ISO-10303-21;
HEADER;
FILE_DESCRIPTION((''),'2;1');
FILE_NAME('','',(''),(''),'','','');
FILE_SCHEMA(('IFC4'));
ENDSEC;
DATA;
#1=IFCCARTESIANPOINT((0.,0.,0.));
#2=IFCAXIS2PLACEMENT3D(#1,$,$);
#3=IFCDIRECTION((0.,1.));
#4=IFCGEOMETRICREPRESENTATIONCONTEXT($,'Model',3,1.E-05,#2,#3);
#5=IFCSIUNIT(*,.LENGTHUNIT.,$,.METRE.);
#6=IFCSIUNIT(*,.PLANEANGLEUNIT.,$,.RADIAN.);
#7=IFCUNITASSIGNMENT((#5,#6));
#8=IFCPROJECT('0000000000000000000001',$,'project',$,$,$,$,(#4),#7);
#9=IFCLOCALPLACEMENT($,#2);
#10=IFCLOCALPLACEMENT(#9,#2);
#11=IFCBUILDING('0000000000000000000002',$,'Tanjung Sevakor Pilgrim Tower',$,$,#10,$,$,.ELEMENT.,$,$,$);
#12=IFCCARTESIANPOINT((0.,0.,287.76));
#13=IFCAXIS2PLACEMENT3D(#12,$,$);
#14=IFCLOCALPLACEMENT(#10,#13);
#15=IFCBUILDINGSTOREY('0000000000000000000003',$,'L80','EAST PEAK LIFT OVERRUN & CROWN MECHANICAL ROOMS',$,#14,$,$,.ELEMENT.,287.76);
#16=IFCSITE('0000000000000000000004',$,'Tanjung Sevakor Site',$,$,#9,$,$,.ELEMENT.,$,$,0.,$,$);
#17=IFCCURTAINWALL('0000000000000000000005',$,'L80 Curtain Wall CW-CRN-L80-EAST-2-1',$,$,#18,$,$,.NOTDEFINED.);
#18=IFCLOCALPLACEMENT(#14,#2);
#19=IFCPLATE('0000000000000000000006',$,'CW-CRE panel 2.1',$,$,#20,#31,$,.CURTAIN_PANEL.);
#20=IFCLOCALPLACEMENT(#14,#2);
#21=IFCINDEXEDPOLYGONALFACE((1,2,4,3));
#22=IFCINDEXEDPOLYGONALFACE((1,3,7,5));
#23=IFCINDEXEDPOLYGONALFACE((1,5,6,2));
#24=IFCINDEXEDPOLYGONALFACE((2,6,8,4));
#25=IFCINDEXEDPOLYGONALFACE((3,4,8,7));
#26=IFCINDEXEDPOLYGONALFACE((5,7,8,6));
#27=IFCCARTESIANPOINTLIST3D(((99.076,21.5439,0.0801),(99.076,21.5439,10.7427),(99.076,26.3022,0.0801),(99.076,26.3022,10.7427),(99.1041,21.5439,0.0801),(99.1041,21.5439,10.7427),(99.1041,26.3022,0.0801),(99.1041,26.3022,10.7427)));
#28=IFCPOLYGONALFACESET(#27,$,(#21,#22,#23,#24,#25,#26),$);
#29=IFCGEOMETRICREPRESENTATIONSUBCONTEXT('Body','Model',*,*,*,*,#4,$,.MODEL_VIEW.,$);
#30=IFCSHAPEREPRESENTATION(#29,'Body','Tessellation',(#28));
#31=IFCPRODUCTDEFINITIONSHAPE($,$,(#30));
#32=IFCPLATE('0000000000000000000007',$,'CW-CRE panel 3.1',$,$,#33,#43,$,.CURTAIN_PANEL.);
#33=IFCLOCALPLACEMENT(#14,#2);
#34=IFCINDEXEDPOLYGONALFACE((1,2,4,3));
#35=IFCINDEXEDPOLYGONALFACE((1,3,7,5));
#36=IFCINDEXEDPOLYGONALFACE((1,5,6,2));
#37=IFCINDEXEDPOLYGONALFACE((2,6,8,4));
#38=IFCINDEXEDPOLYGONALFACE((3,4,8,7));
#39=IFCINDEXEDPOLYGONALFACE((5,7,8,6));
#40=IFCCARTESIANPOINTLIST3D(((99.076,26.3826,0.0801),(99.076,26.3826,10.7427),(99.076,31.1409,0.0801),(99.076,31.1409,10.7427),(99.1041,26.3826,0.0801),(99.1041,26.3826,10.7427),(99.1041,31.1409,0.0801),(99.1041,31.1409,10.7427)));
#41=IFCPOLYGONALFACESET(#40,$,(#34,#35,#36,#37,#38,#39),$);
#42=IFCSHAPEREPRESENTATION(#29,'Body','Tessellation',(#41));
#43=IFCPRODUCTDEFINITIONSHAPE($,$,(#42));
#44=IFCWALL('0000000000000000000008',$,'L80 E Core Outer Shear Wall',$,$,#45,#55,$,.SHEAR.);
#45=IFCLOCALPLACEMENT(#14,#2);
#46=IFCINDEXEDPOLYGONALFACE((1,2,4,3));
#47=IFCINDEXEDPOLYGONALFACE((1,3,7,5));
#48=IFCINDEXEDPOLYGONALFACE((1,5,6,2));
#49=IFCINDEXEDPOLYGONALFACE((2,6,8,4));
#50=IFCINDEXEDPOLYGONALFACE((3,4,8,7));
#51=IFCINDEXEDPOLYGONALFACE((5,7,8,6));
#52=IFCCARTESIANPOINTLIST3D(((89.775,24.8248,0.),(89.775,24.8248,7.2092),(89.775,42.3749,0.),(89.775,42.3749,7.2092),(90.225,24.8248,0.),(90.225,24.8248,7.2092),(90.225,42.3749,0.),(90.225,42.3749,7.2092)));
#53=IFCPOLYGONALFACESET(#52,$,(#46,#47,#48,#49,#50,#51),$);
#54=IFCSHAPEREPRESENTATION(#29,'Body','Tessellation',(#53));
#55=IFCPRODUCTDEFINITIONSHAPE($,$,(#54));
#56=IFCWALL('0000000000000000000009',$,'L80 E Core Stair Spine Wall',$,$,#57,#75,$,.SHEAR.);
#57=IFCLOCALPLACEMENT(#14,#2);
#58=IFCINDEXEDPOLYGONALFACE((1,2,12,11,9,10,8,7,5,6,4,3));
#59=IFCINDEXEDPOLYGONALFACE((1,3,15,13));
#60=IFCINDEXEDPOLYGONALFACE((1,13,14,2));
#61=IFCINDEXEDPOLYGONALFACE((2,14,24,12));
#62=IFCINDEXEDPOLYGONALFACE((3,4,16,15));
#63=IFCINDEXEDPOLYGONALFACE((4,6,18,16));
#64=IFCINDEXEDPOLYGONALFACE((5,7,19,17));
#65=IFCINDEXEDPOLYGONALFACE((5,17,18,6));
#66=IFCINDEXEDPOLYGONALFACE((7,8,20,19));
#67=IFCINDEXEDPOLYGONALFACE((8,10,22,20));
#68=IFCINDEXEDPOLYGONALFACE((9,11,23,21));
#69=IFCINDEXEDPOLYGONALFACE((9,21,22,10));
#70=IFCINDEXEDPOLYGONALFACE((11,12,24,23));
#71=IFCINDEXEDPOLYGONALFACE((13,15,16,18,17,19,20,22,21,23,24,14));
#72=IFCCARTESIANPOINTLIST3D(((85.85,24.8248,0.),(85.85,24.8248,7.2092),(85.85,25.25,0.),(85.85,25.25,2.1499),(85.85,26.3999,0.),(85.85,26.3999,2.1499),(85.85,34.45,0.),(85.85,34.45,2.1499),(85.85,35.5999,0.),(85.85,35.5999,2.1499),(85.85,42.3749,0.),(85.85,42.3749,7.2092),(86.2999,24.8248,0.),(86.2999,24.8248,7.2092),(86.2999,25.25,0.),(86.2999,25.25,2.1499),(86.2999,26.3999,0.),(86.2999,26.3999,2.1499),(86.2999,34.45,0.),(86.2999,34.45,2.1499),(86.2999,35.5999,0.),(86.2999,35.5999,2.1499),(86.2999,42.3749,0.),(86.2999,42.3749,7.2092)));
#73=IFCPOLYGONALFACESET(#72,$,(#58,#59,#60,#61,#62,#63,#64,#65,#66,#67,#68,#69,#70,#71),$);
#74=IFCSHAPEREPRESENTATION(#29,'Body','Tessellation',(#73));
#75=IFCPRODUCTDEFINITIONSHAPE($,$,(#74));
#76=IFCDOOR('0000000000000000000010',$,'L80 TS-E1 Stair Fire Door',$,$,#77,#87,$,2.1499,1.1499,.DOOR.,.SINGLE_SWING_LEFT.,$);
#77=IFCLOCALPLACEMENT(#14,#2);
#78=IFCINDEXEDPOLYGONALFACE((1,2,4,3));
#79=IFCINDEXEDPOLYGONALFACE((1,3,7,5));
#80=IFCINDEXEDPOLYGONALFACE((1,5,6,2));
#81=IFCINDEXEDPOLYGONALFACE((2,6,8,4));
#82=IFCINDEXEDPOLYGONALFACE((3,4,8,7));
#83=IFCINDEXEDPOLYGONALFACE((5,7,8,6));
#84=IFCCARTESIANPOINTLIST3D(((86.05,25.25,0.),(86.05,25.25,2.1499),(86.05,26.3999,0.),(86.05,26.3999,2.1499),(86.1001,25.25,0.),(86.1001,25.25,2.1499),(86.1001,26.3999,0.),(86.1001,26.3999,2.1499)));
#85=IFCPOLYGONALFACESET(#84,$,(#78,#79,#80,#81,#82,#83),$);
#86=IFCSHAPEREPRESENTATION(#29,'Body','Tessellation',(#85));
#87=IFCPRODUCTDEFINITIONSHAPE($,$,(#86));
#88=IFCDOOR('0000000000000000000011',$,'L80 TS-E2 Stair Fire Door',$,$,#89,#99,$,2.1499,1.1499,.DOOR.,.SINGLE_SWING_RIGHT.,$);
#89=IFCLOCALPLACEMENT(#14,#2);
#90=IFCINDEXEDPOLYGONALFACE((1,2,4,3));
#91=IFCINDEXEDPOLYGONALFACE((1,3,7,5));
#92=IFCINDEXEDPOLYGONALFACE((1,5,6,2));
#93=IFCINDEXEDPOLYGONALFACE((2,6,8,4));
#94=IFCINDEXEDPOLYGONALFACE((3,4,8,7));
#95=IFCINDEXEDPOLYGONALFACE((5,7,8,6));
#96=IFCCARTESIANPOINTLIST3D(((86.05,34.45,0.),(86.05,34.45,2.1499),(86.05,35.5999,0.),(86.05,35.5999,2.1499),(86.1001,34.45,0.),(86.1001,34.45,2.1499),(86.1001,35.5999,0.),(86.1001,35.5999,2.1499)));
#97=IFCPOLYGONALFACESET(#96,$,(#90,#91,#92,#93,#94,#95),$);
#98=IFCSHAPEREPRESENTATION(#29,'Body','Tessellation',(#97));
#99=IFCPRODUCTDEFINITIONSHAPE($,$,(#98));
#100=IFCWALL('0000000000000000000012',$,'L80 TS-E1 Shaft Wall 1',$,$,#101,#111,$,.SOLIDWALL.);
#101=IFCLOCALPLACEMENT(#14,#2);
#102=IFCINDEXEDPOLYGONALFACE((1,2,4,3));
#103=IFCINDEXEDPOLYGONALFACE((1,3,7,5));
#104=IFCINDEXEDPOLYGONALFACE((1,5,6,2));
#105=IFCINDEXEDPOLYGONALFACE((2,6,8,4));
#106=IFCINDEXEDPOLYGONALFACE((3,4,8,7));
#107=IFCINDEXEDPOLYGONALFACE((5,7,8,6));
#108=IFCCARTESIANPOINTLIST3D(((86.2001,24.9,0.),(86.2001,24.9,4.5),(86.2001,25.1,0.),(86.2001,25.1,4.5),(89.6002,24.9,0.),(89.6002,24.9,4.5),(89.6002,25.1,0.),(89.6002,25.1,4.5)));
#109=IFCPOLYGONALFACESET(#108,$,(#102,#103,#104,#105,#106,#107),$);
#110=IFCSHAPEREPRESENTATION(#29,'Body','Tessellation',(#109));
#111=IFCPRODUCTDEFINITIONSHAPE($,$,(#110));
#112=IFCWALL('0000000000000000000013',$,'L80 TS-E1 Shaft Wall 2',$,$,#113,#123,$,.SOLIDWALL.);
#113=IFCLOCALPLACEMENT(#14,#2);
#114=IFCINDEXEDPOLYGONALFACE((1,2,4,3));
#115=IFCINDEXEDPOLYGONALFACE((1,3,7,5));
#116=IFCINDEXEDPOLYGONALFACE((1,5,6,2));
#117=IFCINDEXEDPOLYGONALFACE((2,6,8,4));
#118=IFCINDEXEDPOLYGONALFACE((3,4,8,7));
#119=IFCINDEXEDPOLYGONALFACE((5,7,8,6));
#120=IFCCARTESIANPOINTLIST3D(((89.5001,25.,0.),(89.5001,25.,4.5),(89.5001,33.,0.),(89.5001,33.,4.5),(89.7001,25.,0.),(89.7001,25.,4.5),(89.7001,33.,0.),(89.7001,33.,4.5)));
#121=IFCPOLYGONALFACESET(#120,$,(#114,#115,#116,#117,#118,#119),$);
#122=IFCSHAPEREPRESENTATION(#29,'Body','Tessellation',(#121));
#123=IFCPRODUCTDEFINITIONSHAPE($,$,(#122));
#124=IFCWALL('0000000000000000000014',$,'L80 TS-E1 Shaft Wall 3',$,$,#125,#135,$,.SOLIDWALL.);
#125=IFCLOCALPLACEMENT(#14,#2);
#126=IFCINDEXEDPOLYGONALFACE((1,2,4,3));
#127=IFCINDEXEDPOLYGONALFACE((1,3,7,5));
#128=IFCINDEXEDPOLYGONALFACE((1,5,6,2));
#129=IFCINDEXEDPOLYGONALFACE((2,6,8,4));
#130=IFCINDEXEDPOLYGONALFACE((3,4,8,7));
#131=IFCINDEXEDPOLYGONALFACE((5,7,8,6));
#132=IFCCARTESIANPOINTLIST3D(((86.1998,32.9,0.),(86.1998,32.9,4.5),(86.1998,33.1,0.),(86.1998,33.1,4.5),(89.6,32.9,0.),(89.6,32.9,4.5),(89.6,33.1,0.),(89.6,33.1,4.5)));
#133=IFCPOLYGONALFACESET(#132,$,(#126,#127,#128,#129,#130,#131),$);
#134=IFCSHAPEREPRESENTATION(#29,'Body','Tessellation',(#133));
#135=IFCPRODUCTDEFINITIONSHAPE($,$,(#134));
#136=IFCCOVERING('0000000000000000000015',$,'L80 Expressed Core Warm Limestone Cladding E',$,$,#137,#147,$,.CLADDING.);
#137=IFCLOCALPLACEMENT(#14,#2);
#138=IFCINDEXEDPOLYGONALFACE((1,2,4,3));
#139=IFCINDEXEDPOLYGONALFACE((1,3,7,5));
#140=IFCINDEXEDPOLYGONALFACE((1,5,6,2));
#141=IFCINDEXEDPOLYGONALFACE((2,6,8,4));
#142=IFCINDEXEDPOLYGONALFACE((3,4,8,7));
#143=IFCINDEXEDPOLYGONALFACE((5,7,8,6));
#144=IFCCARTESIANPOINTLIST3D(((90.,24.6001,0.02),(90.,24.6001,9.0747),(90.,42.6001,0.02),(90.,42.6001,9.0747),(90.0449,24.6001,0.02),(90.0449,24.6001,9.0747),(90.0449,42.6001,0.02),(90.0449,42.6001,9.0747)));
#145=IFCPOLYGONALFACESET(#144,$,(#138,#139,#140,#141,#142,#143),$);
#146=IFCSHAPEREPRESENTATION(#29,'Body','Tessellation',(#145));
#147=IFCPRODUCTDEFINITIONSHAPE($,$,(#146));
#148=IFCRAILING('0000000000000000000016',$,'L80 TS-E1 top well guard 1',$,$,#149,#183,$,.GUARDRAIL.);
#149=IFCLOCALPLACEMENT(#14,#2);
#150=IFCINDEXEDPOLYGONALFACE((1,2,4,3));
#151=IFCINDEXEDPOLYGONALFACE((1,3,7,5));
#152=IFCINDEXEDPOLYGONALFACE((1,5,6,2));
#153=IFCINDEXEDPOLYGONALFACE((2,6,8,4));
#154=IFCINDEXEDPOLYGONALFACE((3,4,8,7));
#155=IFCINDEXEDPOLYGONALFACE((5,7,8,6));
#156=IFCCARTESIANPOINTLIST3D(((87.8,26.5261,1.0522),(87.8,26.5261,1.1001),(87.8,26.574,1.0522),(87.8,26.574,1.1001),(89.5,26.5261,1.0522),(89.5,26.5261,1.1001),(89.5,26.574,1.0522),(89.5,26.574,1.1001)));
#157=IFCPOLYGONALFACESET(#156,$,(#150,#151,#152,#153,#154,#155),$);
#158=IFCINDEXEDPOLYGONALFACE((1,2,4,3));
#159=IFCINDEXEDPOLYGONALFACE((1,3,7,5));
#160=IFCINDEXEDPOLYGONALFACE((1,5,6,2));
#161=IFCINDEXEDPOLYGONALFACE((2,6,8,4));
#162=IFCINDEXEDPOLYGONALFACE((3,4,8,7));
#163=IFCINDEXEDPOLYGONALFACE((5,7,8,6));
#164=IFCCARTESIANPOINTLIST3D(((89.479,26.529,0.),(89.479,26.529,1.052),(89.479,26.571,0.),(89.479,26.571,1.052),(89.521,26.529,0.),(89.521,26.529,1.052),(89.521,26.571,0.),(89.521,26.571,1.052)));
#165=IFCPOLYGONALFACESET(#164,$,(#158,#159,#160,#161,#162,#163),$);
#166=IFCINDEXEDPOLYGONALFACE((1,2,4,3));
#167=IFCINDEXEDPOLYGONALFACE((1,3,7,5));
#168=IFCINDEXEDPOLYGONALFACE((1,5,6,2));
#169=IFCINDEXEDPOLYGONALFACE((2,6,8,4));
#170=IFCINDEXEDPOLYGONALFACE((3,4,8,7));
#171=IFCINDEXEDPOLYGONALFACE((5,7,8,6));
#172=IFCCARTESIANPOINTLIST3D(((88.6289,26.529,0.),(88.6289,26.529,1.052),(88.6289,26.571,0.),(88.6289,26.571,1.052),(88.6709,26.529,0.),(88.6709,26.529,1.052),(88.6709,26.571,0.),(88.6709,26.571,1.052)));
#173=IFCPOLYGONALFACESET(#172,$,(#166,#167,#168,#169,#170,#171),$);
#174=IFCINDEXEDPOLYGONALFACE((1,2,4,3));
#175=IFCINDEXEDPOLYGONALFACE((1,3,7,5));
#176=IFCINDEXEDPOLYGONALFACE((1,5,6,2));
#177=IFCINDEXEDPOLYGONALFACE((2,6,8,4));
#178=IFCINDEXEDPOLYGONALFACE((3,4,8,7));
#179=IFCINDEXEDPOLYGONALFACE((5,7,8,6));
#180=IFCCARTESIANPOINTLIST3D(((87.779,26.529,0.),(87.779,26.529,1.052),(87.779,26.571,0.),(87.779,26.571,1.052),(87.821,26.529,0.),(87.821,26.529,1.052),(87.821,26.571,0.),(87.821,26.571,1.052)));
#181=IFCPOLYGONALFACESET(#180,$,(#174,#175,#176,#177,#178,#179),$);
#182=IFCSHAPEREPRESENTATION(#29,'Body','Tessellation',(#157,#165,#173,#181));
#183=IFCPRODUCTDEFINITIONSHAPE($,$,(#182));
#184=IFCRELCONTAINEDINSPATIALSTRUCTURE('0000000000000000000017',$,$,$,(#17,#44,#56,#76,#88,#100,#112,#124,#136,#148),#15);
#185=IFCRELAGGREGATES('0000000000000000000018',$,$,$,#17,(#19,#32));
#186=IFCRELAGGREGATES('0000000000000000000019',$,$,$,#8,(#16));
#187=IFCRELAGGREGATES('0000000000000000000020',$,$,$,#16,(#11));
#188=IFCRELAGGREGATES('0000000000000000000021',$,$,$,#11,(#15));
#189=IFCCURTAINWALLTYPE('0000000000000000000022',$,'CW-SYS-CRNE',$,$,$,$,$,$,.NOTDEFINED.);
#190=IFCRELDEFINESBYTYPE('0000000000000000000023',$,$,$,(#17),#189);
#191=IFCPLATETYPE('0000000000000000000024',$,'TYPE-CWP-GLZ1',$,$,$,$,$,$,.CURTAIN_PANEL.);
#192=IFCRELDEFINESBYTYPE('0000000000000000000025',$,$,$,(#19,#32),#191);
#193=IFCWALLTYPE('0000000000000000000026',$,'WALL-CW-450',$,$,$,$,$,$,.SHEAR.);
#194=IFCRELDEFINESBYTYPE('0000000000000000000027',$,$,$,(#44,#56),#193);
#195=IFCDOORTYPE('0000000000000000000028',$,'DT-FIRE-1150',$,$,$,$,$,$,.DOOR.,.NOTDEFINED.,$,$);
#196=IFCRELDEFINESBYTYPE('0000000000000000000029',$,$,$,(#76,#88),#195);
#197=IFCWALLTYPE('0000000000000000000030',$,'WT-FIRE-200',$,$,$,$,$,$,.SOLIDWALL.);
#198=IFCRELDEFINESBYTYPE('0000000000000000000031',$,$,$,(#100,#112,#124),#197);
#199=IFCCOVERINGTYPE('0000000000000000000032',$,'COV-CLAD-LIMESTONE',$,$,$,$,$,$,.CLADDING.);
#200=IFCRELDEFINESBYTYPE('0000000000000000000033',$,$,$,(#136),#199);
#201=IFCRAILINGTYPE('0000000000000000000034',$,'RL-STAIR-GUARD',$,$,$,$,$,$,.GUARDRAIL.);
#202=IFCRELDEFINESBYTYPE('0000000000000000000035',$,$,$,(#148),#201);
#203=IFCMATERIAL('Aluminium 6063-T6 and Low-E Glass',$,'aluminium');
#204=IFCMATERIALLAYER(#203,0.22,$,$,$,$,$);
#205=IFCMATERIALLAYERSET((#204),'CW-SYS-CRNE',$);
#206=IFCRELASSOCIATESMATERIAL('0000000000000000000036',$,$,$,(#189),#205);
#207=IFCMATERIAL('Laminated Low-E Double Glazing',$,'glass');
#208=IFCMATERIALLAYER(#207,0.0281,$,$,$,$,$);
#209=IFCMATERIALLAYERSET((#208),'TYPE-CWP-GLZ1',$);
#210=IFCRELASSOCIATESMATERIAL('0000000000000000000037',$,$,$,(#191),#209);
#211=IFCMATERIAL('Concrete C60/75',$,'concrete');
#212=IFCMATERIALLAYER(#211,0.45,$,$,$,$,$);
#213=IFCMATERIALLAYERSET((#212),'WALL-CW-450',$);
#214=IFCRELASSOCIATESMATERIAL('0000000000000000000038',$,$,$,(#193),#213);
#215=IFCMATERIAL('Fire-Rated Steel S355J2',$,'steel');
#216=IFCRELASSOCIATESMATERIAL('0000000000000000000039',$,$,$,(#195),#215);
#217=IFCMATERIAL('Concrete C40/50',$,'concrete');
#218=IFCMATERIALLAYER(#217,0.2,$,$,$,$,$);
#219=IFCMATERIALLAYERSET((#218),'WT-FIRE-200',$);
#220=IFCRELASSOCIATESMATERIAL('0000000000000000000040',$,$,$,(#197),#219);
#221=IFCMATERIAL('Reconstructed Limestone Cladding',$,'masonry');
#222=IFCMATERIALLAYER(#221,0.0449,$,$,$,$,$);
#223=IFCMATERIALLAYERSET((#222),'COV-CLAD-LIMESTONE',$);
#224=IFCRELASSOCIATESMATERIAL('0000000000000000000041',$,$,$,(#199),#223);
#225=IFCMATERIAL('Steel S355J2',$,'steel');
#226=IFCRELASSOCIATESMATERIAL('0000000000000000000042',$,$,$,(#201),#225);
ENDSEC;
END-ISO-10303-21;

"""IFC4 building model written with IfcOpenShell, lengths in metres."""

from ifc_helpers import new_model, si_unit, direction, frame, frame_2d, origin, origin_2d, place, context, subcontext, project, spatial, rectangle, extrude, material, layer, layer_set, type_object, element, fill, aggregate, save


model = new_model("IFC4")

# Units and contexts
model_context = context("Model", 3, precision=1e-05, world=origin(), true_north=direction((0.0, 1.0)))
body_context = subcontext(model_context, "Body", "Model", "MODEL_VIEW")
ifc_project = project(units=[si_unit("LENGTHUNIT", "METRE"), si_unit("PLANEANGLEUNIT", "RADIAN")], contexts=[model_context])

# Site, building, storey
site_placement = place(None, origin())
site = spatial("IfcSite", under=ifc_project, at=site_placement, Name="Tanjung Sevakor Site", CompositionType="ELEMENT", RefElevation=0.0)
building_placement = place(site_placement, origin())
building = spatial("IfcBuilding", under=site, at=building_placement, Name="Tanjung Sevakor Pilgrim Tower", CompositionType="ELEMENT")
storey_placement = place(building_placement, frame((0.0, 0.0, 287.76)))
storey = spatial("IfcBuildingStorey", under=building, at=storey_placement, Name="L80", Description="EAST PEAK LIFT OVERRUN & CROWN MECHANICAL ROOMS", CompositionType="ELEMENT", Elevation=287.76)

# Curtain wall, plates
ifc_material_1 = material(Name="Aluminium 6063-T6 and Low-E Glass", Category="aluminium")
ifc_layer_1 = layer(ifc_material_1, 0.22)
ifc_layer_set_1 = layer_set([ifc_layer_1], Name="CW-SYS-CRNE")
curtain_wall_type = type_object("IfcCurtainWallType", Name="CW-SYS-CRNE", PredefinedType="NOTDEFINED", material=ifc_layer_set_1)
curtain_wall_placement = place(storey_placement, origin())
curtain_wall = element("IfcCurtainWall", 1, at=curtain_wall_placement, inside=storey, type_object=curtain_wall_type, Name="L80 Curtain Wall CW-CRN-L80-EAST-2-1", PredefinedType="NOTDEFINED")
ifc_material_2 = material(Name="Laminated Low-E Double Glazing", Category="glass")
ifc_layer_2 = layer(ifc_material_2, 0.0281)
ifc_layer_set_2 = layer_set([ifc_layer_2], Name="TYPE-CWP-GLZ1")
plate_type = type_object("IfcPlateType", Name="TYPE-CWP-GLZ1", PredefinedType="CURTAIN_PANEL", material=ifc_layer_set_2)
plate_1_placement = place(storey_placement, frame((99.0901, 23.9231, 0.0801), z_axis=(0.0, 0.0, 1.0), x_axis=(0.0, 1.0, 0.0)))
plate_1 = element("IfcPlate", 2, at=plate_1_placement, type_object=plate_type, Name="CW-CRE panel 2.1", PredefinedType="CURTAIN_PANEL", context=body_context, shape_type="SweptSolid", body=[
    extrude(rectangle(XDim=4.7583, YDim=0.0281, at=origin_2d()), origin(), (0.0, 0.0, 1.0), 10.6626),
])
plate_2_placement = place(storey_placement, frame((99.0901, 28.7617, 0.0801), z_axis=(0.0, 0.0, 1.0), x_axis=(0.0, 1.0, 0.0)))
plate_2 = element("IfcPlate", 3, at=plate_2_placement, type_object=plate_type, Name="CW-CRE panel 3.1", PredefinedType="CURTAIN_PANEL", context=body_context, shape_type="SweptSolid", body=[
    extrude(rectangle(XDim=4.7583, YDim=0.0281, at=origin_2d()), origin(), (0.0, 0.0, 1.0), 10.6626),
])
aggregate(curtain_wall, [plate_1, plate_2])

# Wall
ifc_material_3 = material(Name="Concrete C60/75", Category="concrete")
ifc_layer_3 = layer(ifc_material_3, 0.45)
ifc_layer_set_3 = layer_set([ifc_layer_3], Name="WALL-CW-450")
wall_type_1 = type_object("IfcWallType", Name="WALL-CW-450", PredefinedType="SHEAR", material=ifc_layer_set_3)
wall_1_placement = place(storey_placement, frame((90.0, 24.825, 0.0), z_axis=(0.0, 0.0, 1.0), x_axis=(0.0, 1.0, 0.0)))
element("IfcWall", 4, at=wall_1_placement, inside=storey, type_object=wall_type_1, Name="L80 E Core Outer Shear Wall", PredefinedType="SHEAR", context=body_context, shape_type="SweptSolid", body=[
    extrude(rectangle(XDim=17.55, YDim=0.45, at=frame_2d((8.7749, 0.0))), origin(), (0.0, 0.0, 1.0), 7.2092),
])

# Wall, openings, doors
wall_2_placement = place(storey_placement, frame((86.075, 24.825, 0.0), z_axis=(0.0, 0.0, 1.0), x_axis=(0.0, 1.0, 0.0)))
wall_2 = element("IfcWall", 5, at=wall_2_placement, inside=storey, type_object=wall_type_1, Name="L80 E Core Stair Spine Wall", PredefinedType="SHEAR", context=body_context, shape_type="SweptSolid", body=[
    extrude(rectangle(XDim=17.55, YDim=0.45, at=frame_2d((8.7749, 0.0))), origin(), (0.0, 0.0, 1.0), 7.2092),
])
opening_1_placement = place(wall_2_placement, frame((0.425, 0.0, 0.0)))
opening_1 = element("IfcOpeningElement", 6, at=opening_1_placement, cuts=wall_2, PredefinedType="OPENING", context=body_context, shape_type="SweptSolid", body=[
    extrude(rectangle(XDim=1.1499, YDim=2.1499, at=frame_2d((0.575, 1.075))), frame((0.0, 0.2349, 0.0), z_axis=(0.0, -1.0, 0.0), x_axis=(1.0, 0.0, 0.0)), (0.0, 0.0, 1.0), 0.47),
])
opening_2_placement = place(wall_2_placement, frame((9.625, 0.0, 0.0)))
opening_2 = element("IfcOpeningElement", 7, at=opening_2_placement, cuts=wall_2, PredefinedType="OPENING", context=body_context, shape_type="SweptSolid", body=[
    extrude(rectangle(XDim=1.1499, YDim=2.1499, at=frame_2d((0.575, 1.075))), frame((0.0, 0.2349, 0.0), z_axis=(0.0, -1.0, 0.0), x_axis=(1.0, 0.0, 0.0)), (0.0, 0.0, 1.0), 0.47),
])
ifc_material_4 = material(Name="Fire-Rated Steel S355J2", Category="steel")
door_type = type_object("IfcDoorType", Name="DT-FIRE-1150", OperationType="NOTDEFINED", PredefinedType="DOOR", material=ifc_material_4)
door_1_placement = place(opening_1_placement, origin())
door_1 = element("IfcDoor", 8, at=door_1_placement, inside=storey, type_object=door_type, Name="L80 TS-E1 Stair Fire Door", OperationType="SINGLE_SWING_LEFT", OverallHeight=2.1499, OverallWidth=1.1499, PredefinedType="DOOR", context=body_context, shape_type="SweptSolid", body=[
    extrude(rectangle(XDim=1.1499, YDim=2.1499, at=frame_2d((0.575, 1.075))), frame((0.0, 0.0249, 0.0), z_axis=(0.0, -1.0, 0.0), x_axis=(1.0, 0.0, 0.0)), (0.0, 0.0, 1.0), 0.05),
])
fill(opening_1, door_1)
door_2_placement = place(opening_2_placement, origin())
door_2 = element("IfcDoor", 9, at=door_2_placement, inside=storey, type_object=door_type, Name="L80 TS-E2 Stair Fire Door", OperationType="SINGLE_SWING_RIGHT", OverallHeight=2.1499, OverallWidth=1.1499, PredefinedType="DOOR", context=body_context, shape_type="SweptSolid", body=[
    extrude(rectangle(XDim=1.1499, YDim=2.1499, at=frame_2d((0.575, 1.075))), frame((0.0, 0.0249, 0.0), z_axis=(0.0, -1.0, 0.0), x_axis=(1.0, 0.0, 0.0)), (0.0, 0.0, 1.0), 0.05),
])
fill(opening_2, door_2)

# Walls
ifc_material_5 = material(Name="Concrete C40/50", Category="concrete")
ifc_layer_4 = layer(ifc_material_5, 0.2)
ifc_layer_set_4 = layer_set([ifc_layer_4], Name="WT-FIRE-200")
wall_type_2 = type_object("IfcWallType", Name="WT-FIRE-200", PredefinedType="SOLIDWALL", material=ifc_layer_set_4)
wall_3_placement = place(storey_placement, frame((86.2, 25.0, 0.0), z_axis=(0.0, 0.0, 1.0), x_axis=(1.0, 0.0, 0.0)))
element("IfcWall", 10, at=wall_3_placement, inside=storey, type_object=wall_type_2, Name="L80 TS-E1 Shaft Wall 1", PredefinedType="SOLIDWALL", context=body_context, shape_type="SweptSolid", body=[
    extrude(rectangle(XDim=3.4001, YDim=0.2, at=frame_2d((1.7002, 0.0))), origin(), (0.0, 0.0, 1.0), 4.5),
])
wall_4_placement = place(storey_placement, frame((89.6001, 25.0, 0.0), z_axis=(0.0, 0.0, 1.0), x_axis=(0.0, 1.0, 0.0)))
element("IfcWall", 11, at=wall_4_placement, inside=storey, type_object=wall_type_2, Name="L80 TS-E1 Shaft Wall 2", PredefinedType="SOLIDWALL", context=body_context, shape_type="SweptSolid", body=[
    extrude(rectangle(XDim=8.0, YDim=0.2, at=frame_2d((4.0, 0.0))), origin(), (0.0, 0.0, 1.0), 4.5),
])
wall_5_placement = place(storey_placement, frame((89.6001, 33.0, 0.0), z_axis=(0.0, 0.0, 1.0), x_axis=(-1.0, 0.0, 0.0)))
element("IfcWall", 12, at=wall_5_placement, inside=storey, type_object=wall_type_2, Name="L80 TS-E1 Shaft Wall 3", PredefinedType="SOLIDWALL", context=body_context, shape_type="SweptSolid", body=[
    extrude(rectangle(XDim=3.4001, YDim=0.2, at=frame_2d((1.7002, 0.0))), origin(), (0.0, 0.0, 1.0), 4.5),
])

# Covering
ifc_material_6 = material(Name="Reconstructed Limestone Cladding", Category="masonry")
ifc_layer_5 = layer(ifc_material_6, 0.0449)
ifc_layer_set_5 = layer_set([ifc_layer_5], Name="COV-CLAD-LIMESTONE")
covering_type = type_object("IfcCoveringType", Name="COV-CLAD-LIMESTONE", PredefinedType="CLADDING", material=ifc_layer_set_5)
covering_placement = place(storey_placement, frame((90.0225, 33.6001, 0.02), z_axis=(0.0, 0.0, 1.0), x_axis=(1.0, 0.0, 0.0)))
element("IfcCovering", 13, at=covering_placement, inside=storey, type_object=covering_type, Name="L80 Expressed Core Warm Limestone Cladding E", PredefinedType="CLADDING", context=body_context, shape_type="SweptSolid", body=[
    extrude(rectangle(XDim=0.0449, YDim=18.0, at=origin_2d()), origin(), (0.0, 0.0, 1.0), 9.0547),
])

# Railing
ifc_material_7 = material(Name="Steel S355J2", Category="steel")
railing_type = type_object("IfcRailingType", Name="RL-STAIR-GUARD", PredefinedType="GUARDRAIL", material=ifc_material_7)
railing_placement = place(storey_placement, frame((89.5, 26.55, 0.0)))
element("IfcRailing", 14, at=railing_placement, inside=storey, type_object=railing_type, Name="L80 TS-E1 top well guard 1", PredefinedType="GUARDRAIL", context=body_context, shape_type="SweptSolid", body=[
    extrude(rectangle(XDim=0.0479, YDim=0.0479), frame((0.0, 0.0, 1.0762), z_axis=(-1.0, 0.0, 0.0), x_axis=(0.0, -1.0, 0.0)), (0.0, 0.0, 1.0), 1.7),
    extrude(rectangle(XDim=0.042, YDim=0.042), origin(), (0.0, 0.0, 1.0), 1.052),
    extrude(rectangle(XDim=0.042, YDim=0.042), frame((-0.8501, 0.0, 0.0)), (0.0, 0.0, 1.0), 1.052),
    extrude(rectangle(XDim=0.042, YDim=0.042), frame((-1.7, 0.0, 0.0)), (0.0, 0.0, 1.0), 1.052),
])

save(model, "model.ifc")
